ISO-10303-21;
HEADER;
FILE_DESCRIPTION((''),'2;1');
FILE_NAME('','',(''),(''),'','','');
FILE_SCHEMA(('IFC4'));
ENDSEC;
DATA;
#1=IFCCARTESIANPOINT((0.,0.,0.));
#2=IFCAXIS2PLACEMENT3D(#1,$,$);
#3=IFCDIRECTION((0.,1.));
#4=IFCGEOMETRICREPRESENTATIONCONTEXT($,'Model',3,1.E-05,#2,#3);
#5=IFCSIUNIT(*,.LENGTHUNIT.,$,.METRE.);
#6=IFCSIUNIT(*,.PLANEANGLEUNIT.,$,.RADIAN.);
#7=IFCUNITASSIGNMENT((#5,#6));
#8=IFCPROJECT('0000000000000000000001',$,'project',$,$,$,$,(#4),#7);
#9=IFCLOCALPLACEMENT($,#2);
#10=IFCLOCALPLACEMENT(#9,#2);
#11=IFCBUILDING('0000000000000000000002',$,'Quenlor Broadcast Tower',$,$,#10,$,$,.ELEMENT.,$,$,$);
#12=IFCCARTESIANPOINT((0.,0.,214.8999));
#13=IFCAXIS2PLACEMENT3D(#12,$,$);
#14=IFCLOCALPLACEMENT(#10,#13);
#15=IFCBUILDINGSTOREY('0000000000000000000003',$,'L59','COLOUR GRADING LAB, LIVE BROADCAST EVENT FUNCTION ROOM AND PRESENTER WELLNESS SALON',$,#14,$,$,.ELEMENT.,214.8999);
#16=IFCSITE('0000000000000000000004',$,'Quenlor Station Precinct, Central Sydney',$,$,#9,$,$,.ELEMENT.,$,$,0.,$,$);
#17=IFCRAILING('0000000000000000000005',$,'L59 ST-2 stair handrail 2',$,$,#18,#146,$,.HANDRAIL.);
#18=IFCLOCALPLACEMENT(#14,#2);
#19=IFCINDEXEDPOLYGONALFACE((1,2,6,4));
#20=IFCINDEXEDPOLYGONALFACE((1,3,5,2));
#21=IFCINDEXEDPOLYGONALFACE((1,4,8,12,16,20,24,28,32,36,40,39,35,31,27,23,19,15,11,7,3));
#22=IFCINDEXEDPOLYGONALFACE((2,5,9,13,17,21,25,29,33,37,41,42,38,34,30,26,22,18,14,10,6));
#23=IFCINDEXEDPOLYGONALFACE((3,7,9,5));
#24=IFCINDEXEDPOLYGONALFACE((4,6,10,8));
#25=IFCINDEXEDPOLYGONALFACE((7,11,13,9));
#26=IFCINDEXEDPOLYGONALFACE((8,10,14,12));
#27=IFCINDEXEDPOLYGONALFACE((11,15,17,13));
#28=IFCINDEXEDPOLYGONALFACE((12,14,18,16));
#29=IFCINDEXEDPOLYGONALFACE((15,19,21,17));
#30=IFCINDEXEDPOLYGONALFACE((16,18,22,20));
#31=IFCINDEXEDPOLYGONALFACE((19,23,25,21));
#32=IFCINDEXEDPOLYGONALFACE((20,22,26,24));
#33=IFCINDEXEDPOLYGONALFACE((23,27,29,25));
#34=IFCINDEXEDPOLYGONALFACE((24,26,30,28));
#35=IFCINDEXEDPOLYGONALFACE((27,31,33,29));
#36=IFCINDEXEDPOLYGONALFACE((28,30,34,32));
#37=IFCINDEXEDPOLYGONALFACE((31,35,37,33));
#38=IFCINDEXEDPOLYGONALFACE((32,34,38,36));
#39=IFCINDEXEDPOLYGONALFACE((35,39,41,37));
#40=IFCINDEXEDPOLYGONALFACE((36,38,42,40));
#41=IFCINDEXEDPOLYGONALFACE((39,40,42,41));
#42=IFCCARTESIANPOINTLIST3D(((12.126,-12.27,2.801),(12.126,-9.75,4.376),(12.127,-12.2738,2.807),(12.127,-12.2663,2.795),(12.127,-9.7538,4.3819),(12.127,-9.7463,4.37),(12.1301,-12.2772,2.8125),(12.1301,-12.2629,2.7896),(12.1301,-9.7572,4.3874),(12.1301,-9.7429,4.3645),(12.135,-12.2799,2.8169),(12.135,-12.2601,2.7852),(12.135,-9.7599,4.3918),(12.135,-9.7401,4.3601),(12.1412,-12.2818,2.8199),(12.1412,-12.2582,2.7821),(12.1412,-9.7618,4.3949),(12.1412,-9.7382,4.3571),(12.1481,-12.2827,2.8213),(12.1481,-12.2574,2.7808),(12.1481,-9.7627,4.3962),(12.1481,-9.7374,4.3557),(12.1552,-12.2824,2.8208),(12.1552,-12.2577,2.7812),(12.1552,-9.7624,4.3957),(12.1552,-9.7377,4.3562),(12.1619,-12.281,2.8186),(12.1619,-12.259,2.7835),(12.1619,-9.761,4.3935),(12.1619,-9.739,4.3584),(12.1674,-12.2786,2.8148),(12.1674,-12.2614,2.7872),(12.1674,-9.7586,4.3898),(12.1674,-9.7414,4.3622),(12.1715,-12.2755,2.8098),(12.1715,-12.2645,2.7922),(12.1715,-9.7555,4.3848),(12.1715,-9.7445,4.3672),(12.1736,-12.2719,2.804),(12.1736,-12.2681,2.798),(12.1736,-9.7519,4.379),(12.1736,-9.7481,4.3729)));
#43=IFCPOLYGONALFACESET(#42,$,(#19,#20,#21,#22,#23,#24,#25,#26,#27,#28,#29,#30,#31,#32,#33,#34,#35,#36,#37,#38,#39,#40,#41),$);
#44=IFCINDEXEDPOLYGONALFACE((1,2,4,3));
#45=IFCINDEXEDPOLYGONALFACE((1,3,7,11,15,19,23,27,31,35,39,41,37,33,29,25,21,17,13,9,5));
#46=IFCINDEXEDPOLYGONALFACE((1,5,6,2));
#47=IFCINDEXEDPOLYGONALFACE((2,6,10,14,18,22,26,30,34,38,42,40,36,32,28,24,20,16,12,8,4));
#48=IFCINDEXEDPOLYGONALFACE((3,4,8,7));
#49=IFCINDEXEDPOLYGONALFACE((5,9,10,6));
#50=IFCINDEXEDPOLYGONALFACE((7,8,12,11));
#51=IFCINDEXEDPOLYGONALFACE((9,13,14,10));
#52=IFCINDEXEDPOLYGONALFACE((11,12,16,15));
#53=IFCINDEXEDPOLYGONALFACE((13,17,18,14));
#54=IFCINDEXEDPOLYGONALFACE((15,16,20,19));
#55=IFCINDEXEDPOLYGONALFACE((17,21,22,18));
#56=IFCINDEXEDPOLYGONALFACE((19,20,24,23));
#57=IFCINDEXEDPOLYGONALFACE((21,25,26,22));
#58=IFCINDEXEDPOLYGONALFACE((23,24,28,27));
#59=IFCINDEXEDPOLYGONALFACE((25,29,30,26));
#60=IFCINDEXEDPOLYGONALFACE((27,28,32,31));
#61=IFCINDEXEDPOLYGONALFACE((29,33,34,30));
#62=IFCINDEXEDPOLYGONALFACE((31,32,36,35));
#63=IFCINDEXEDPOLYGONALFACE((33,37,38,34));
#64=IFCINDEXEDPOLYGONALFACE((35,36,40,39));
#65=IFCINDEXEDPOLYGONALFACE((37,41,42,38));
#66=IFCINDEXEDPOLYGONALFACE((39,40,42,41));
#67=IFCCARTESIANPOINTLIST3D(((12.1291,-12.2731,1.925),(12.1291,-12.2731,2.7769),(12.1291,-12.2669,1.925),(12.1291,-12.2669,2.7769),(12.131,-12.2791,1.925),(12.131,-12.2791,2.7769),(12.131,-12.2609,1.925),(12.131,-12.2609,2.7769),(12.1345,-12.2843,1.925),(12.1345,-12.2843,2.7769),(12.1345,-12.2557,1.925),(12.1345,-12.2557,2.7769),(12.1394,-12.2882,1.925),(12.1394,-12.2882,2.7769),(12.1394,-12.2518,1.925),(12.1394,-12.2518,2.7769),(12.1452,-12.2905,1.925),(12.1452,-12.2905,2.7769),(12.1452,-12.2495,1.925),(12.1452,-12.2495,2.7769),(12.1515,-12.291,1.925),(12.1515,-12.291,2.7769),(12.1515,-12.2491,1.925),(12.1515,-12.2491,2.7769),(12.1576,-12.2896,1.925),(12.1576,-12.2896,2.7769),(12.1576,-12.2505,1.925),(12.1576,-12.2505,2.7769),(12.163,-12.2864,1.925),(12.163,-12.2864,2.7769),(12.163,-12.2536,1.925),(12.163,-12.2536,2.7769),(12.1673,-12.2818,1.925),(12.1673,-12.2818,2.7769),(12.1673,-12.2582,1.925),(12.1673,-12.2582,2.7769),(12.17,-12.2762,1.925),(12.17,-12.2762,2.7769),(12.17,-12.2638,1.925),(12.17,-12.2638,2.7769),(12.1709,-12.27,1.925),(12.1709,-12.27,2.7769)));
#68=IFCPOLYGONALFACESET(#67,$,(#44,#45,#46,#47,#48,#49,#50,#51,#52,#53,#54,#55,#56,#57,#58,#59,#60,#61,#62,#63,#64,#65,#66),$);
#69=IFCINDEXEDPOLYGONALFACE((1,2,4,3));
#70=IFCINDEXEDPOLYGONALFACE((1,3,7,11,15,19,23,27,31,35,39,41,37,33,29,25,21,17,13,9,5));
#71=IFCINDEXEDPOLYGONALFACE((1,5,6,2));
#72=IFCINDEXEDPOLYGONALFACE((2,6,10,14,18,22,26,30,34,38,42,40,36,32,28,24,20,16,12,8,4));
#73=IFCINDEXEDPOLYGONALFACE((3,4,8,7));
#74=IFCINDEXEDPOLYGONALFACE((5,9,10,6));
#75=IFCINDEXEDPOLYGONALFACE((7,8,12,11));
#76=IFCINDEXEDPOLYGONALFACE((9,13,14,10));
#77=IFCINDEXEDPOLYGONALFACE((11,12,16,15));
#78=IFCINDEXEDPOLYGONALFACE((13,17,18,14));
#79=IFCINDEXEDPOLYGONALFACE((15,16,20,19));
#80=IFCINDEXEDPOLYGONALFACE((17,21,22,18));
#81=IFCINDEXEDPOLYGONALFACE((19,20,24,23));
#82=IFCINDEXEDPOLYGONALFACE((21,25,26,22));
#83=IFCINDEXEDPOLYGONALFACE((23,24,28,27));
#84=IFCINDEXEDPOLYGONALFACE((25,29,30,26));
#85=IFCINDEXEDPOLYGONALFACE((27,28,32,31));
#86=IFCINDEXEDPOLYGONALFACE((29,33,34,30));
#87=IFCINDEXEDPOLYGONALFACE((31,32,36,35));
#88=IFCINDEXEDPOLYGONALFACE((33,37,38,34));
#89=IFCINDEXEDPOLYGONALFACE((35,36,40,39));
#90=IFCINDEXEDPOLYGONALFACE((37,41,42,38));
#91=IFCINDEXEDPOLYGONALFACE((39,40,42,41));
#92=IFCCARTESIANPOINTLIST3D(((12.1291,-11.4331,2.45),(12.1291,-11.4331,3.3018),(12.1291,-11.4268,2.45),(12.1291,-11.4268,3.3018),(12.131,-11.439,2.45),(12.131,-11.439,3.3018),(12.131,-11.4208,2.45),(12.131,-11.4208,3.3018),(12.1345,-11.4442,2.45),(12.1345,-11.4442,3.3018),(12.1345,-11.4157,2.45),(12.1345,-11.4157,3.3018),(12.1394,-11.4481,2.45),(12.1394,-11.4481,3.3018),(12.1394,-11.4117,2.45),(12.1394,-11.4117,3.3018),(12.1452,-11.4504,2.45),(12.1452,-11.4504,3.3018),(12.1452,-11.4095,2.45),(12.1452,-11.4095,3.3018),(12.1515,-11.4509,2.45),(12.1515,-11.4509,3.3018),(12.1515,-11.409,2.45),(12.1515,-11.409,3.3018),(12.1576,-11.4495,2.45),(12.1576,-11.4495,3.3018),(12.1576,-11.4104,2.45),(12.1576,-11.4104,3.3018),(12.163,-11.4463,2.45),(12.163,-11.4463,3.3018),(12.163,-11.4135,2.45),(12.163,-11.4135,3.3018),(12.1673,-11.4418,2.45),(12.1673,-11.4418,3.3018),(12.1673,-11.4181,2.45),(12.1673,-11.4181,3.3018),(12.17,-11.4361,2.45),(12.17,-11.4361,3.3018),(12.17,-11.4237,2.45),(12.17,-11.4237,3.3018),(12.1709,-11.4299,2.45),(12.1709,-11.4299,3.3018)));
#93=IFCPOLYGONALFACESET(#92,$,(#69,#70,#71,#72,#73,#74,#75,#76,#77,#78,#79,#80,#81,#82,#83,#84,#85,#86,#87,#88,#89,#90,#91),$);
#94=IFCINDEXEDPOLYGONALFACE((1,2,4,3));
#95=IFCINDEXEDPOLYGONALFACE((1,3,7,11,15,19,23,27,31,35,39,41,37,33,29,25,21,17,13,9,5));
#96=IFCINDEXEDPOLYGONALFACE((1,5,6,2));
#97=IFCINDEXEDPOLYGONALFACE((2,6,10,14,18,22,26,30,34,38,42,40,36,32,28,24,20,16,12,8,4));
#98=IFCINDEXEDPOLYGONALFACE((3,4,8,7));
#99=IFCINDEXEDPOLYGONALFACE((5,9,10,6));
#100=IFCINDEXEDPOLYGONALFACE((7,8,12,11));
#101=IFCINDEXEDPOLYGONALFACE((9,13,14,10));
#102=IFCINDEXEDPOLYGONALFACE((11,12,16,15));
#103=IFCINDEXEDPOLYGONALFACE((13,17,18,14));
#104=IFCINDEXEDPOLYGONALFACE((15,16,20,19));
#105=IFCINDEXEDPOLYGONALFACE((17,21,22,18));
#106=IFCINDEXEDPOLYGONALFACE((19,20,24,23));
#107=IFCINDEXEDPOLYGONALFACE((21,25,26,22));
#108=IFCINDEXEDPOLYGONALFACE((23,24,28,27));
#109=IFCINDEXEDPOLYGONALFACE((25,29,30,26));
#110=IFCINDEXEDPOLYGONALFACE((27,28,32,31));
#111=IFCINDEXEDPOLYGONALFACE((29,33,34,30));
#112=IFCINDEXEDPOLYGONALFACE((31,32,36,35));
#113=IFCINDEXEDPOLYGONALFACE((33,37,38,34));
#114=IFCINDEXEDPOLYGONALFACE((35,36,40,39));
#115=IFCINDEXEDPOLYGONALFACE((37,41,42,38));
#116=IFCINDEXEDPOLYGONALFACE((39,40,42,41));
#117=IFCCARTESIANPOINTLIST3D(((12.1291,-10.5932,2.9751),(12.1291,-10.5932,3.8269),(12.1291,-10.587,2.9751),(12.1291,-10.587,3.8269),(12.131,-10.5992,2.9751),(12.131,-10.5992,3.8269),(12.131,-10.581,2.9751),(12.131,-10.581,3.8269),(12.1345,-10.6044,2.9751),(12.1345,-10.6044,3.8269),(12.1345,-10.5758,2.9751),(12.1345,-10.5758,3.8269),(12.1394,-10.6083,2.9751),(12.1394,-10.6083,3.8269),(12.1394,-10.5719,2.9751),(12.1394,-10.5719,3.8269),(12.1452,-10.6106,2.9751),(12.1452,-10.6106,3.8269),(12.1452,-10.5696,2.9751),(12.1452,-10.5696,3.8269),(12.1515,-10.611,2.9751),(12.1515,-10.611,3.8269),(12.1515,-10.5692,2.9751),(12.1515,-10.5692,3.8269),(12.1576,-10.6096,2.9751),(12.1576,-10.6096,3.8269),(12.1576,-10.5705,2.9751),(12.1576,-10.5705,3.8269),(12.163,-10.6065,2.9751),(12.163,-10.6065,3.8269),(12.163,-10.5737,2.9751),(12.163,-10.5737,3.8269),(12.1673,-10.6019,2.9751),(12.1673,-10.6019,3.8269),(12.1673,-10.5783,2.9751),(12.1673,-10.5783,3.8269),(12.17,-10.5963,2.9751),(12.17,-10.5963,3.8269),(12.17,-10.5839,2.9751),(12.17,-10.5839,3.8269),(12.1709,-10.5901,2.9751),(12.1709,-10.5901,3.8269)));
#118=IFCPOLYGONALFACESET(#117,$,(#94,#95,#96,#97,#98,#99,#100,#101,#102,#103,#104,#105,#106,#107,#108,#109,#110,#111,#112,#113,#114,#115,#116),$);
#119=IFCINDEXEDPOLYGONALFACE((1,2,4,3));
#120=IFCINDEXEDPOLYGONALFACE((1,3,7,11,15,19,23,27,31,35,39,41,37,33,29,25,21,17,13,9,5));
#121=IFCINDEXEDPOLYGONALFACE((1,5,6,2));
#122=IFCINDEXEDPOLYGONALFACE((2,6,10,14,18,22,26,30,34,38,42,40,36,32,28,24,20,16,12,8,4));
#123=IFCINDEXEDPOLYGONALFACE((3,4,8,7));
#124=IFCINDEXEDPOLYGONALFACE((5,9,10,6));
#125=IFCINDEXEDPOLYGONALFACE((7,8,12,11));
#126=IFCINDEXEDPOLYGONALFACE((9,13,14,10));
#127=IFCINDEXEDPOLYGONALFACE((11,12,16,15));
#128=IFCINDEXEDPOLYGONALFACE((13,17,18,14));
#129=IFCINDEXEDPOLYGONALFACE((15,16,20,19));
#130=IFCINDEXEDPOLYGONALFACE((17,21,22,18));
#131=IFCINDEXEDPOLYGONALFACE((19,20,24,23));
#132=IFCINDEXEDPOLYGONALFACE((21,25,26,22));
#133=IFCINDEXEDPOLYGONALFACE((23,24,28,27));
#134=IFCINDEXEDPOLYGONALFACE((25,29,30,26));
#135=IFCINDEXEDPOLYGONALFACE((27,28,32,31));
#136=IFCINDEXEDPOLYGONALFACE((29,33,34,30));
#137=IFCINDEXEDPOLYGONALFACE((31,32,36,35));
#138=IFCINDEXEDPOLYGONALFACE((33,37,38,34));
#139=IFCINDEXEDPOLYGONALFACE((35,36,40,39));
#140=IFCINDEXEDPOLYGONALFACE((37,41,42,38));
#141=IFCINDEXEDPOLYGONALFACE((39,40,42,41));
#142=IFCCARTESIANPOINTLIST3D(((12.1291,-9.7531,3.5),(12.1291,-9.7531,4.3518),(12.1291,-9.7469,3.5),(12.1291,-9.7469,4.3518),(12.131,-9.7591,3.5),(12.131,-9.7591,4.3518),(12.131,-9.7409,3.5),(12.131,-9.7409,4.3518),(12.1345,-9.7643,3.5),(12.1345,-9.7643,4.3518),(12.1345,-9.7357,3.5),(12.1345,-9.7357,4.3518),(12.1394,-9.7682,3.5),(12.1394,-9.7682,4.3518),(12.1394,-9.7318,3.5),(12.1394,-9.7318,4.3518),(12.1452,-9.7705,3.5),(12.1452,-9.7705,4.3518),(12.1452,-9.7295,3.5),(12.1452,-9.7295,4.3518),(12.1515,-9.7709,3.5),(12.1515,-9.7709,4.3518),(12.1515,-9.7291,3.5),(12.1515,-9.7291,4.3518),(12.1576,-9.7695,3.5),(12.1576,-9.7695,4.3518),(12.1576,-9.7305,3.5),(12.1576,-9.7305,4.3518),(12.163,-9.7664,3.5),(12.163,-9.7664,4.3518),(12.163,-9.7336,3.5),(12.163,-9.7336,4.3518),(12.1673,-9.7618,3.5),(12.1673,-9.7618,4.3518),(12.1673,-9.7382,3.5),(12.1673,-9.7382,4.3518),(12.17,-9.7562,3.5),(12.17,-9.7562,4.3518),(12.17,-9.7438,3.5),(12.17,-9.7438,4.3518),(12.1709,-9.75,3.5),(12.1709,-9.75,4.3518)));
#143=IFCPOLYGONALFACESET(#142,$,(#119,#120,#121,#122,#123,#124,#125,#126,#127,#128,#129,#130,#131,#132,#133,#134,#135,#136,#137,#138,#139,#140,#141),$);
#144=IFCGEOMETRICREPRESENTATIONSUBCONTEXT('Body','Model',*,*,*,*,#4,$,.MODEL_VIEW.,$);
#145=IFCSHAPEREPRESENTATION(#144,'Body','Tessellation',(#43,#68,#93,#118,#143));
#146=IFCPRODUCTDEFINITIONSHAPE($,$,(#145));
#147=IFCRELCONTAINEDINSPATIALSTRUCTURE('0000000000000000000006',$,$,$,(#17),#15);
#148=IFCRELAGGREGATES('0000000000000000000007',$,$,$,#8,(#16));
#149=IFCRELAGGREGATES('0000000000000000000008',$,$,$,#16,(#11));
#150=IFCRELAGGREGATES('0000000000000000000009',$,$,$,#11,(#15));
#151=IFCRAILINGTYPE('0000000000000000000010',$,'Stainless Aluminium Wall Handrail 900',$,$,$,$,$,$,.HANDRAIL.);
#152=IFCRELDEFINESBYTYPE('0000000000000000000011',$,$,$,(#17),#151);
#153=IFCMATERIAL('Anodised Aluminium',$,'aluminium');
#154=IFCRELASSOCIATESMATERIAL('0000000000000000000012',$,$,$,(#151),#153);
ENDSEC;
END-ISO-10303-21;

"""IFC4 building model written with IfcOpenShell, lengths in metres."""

from ifc_helpers import new_model, si_unit, direction, frame, origin, origin_2d, place, context, subcontext, project, spatial, circle, extrude, material, type_object, element, save


model = new_model("IFC4")

# Units and contexts
model_context = context("Model", 3, precision=1e-05, world=origin(), true_north=direction((0.0, 1.0)))
body_context = subcontext(model_context, "Body", "Model", "MODEL_VIEW")
ifc_project = project(units=[si_unit("LENGTHUNIT", "METRE"), si_unit("PLANEANGLEUNIT", "RADIAN")], contexts=[model_context])

# Site, building, storey
site_placement = place(None, origin())
site = spatial("IfcSite", under=ifc_project, at=site_placement, Name="Quenlor Station Precinct, Central Sydney", CompositionType="ELEMENT", RefElevation=0.0)
building_placement = place(site_placement, origin())
building = spatial("IfcBuilding", under=site, at=building_placement, Name="Quenlor Broadcast Tower", CompositionType="ELEMENT")
storey_placement = place(building_placement, frame((0.0, 0.0, 214.8999)))
storey = spatial("IfcBuildingStorey", under=building, at=storey_placement, Name="L59", Description="COLOUR GRADING LAB, LIVE BROADCAST EVENT FUNCTION ROOM AND PRESENTER WELLNESS SALON", CompositionType="ELEMENT", Elevation=214.8999)

# Railing
ifc_material_1 = material(Name="Anodised Aluminium", Category="aluminium")
railing_type_1 = type_object("IfcRailingType", Name="Stainless Aluminium Wall Handrail 900", PredefinedType="HANDRAIL", material=ifc_material_1)
railing_1_placement = place(storey_placement, frame((12.1499, -12.27, 1.925)))
element("IfcRailing", 1, at=railing_1_placement, inside=storey, type_object=railing_type_1, Name="L59 ST-2 stair handrail 2", PredefinedType="HANDRAIL", context=body_context, shape_type="SweptSolid", body=[
    extrude(circle(Radius=0.0239, at=origin_2d()), frame((0.0, 0.0, 0.876), z_axis=(0.0, 0.848008, 0.529984), x_axis=(-1.0, 0.0, 0.0)), (0.0, 0.0, 1.0), 2.9717),
    extrude(circle(Radius=0.021, at=origin_2d()), origin(), (0.0, 0.0, 1.0), 0.8518),
    extrude(circle(Radius=0.021, at=origin_2d()), frame((0.0, 0.8401, 0.5249)), (0.0, 0.0, 1.0), 0.8518),
    extrude(circle(Radius=0.021, at=origin_2d()), frame((0.0, 1.6799, 1.05)), (0.0, 0.0, 1.0), 0.8518),
    extrude(circle(Radius=0.021, at=origin_2d()), frame((0.0, 2.52, 1.575)), (0.0, 0.0, 1.0), 0.8518),
])

save(model, "model.ifc")
